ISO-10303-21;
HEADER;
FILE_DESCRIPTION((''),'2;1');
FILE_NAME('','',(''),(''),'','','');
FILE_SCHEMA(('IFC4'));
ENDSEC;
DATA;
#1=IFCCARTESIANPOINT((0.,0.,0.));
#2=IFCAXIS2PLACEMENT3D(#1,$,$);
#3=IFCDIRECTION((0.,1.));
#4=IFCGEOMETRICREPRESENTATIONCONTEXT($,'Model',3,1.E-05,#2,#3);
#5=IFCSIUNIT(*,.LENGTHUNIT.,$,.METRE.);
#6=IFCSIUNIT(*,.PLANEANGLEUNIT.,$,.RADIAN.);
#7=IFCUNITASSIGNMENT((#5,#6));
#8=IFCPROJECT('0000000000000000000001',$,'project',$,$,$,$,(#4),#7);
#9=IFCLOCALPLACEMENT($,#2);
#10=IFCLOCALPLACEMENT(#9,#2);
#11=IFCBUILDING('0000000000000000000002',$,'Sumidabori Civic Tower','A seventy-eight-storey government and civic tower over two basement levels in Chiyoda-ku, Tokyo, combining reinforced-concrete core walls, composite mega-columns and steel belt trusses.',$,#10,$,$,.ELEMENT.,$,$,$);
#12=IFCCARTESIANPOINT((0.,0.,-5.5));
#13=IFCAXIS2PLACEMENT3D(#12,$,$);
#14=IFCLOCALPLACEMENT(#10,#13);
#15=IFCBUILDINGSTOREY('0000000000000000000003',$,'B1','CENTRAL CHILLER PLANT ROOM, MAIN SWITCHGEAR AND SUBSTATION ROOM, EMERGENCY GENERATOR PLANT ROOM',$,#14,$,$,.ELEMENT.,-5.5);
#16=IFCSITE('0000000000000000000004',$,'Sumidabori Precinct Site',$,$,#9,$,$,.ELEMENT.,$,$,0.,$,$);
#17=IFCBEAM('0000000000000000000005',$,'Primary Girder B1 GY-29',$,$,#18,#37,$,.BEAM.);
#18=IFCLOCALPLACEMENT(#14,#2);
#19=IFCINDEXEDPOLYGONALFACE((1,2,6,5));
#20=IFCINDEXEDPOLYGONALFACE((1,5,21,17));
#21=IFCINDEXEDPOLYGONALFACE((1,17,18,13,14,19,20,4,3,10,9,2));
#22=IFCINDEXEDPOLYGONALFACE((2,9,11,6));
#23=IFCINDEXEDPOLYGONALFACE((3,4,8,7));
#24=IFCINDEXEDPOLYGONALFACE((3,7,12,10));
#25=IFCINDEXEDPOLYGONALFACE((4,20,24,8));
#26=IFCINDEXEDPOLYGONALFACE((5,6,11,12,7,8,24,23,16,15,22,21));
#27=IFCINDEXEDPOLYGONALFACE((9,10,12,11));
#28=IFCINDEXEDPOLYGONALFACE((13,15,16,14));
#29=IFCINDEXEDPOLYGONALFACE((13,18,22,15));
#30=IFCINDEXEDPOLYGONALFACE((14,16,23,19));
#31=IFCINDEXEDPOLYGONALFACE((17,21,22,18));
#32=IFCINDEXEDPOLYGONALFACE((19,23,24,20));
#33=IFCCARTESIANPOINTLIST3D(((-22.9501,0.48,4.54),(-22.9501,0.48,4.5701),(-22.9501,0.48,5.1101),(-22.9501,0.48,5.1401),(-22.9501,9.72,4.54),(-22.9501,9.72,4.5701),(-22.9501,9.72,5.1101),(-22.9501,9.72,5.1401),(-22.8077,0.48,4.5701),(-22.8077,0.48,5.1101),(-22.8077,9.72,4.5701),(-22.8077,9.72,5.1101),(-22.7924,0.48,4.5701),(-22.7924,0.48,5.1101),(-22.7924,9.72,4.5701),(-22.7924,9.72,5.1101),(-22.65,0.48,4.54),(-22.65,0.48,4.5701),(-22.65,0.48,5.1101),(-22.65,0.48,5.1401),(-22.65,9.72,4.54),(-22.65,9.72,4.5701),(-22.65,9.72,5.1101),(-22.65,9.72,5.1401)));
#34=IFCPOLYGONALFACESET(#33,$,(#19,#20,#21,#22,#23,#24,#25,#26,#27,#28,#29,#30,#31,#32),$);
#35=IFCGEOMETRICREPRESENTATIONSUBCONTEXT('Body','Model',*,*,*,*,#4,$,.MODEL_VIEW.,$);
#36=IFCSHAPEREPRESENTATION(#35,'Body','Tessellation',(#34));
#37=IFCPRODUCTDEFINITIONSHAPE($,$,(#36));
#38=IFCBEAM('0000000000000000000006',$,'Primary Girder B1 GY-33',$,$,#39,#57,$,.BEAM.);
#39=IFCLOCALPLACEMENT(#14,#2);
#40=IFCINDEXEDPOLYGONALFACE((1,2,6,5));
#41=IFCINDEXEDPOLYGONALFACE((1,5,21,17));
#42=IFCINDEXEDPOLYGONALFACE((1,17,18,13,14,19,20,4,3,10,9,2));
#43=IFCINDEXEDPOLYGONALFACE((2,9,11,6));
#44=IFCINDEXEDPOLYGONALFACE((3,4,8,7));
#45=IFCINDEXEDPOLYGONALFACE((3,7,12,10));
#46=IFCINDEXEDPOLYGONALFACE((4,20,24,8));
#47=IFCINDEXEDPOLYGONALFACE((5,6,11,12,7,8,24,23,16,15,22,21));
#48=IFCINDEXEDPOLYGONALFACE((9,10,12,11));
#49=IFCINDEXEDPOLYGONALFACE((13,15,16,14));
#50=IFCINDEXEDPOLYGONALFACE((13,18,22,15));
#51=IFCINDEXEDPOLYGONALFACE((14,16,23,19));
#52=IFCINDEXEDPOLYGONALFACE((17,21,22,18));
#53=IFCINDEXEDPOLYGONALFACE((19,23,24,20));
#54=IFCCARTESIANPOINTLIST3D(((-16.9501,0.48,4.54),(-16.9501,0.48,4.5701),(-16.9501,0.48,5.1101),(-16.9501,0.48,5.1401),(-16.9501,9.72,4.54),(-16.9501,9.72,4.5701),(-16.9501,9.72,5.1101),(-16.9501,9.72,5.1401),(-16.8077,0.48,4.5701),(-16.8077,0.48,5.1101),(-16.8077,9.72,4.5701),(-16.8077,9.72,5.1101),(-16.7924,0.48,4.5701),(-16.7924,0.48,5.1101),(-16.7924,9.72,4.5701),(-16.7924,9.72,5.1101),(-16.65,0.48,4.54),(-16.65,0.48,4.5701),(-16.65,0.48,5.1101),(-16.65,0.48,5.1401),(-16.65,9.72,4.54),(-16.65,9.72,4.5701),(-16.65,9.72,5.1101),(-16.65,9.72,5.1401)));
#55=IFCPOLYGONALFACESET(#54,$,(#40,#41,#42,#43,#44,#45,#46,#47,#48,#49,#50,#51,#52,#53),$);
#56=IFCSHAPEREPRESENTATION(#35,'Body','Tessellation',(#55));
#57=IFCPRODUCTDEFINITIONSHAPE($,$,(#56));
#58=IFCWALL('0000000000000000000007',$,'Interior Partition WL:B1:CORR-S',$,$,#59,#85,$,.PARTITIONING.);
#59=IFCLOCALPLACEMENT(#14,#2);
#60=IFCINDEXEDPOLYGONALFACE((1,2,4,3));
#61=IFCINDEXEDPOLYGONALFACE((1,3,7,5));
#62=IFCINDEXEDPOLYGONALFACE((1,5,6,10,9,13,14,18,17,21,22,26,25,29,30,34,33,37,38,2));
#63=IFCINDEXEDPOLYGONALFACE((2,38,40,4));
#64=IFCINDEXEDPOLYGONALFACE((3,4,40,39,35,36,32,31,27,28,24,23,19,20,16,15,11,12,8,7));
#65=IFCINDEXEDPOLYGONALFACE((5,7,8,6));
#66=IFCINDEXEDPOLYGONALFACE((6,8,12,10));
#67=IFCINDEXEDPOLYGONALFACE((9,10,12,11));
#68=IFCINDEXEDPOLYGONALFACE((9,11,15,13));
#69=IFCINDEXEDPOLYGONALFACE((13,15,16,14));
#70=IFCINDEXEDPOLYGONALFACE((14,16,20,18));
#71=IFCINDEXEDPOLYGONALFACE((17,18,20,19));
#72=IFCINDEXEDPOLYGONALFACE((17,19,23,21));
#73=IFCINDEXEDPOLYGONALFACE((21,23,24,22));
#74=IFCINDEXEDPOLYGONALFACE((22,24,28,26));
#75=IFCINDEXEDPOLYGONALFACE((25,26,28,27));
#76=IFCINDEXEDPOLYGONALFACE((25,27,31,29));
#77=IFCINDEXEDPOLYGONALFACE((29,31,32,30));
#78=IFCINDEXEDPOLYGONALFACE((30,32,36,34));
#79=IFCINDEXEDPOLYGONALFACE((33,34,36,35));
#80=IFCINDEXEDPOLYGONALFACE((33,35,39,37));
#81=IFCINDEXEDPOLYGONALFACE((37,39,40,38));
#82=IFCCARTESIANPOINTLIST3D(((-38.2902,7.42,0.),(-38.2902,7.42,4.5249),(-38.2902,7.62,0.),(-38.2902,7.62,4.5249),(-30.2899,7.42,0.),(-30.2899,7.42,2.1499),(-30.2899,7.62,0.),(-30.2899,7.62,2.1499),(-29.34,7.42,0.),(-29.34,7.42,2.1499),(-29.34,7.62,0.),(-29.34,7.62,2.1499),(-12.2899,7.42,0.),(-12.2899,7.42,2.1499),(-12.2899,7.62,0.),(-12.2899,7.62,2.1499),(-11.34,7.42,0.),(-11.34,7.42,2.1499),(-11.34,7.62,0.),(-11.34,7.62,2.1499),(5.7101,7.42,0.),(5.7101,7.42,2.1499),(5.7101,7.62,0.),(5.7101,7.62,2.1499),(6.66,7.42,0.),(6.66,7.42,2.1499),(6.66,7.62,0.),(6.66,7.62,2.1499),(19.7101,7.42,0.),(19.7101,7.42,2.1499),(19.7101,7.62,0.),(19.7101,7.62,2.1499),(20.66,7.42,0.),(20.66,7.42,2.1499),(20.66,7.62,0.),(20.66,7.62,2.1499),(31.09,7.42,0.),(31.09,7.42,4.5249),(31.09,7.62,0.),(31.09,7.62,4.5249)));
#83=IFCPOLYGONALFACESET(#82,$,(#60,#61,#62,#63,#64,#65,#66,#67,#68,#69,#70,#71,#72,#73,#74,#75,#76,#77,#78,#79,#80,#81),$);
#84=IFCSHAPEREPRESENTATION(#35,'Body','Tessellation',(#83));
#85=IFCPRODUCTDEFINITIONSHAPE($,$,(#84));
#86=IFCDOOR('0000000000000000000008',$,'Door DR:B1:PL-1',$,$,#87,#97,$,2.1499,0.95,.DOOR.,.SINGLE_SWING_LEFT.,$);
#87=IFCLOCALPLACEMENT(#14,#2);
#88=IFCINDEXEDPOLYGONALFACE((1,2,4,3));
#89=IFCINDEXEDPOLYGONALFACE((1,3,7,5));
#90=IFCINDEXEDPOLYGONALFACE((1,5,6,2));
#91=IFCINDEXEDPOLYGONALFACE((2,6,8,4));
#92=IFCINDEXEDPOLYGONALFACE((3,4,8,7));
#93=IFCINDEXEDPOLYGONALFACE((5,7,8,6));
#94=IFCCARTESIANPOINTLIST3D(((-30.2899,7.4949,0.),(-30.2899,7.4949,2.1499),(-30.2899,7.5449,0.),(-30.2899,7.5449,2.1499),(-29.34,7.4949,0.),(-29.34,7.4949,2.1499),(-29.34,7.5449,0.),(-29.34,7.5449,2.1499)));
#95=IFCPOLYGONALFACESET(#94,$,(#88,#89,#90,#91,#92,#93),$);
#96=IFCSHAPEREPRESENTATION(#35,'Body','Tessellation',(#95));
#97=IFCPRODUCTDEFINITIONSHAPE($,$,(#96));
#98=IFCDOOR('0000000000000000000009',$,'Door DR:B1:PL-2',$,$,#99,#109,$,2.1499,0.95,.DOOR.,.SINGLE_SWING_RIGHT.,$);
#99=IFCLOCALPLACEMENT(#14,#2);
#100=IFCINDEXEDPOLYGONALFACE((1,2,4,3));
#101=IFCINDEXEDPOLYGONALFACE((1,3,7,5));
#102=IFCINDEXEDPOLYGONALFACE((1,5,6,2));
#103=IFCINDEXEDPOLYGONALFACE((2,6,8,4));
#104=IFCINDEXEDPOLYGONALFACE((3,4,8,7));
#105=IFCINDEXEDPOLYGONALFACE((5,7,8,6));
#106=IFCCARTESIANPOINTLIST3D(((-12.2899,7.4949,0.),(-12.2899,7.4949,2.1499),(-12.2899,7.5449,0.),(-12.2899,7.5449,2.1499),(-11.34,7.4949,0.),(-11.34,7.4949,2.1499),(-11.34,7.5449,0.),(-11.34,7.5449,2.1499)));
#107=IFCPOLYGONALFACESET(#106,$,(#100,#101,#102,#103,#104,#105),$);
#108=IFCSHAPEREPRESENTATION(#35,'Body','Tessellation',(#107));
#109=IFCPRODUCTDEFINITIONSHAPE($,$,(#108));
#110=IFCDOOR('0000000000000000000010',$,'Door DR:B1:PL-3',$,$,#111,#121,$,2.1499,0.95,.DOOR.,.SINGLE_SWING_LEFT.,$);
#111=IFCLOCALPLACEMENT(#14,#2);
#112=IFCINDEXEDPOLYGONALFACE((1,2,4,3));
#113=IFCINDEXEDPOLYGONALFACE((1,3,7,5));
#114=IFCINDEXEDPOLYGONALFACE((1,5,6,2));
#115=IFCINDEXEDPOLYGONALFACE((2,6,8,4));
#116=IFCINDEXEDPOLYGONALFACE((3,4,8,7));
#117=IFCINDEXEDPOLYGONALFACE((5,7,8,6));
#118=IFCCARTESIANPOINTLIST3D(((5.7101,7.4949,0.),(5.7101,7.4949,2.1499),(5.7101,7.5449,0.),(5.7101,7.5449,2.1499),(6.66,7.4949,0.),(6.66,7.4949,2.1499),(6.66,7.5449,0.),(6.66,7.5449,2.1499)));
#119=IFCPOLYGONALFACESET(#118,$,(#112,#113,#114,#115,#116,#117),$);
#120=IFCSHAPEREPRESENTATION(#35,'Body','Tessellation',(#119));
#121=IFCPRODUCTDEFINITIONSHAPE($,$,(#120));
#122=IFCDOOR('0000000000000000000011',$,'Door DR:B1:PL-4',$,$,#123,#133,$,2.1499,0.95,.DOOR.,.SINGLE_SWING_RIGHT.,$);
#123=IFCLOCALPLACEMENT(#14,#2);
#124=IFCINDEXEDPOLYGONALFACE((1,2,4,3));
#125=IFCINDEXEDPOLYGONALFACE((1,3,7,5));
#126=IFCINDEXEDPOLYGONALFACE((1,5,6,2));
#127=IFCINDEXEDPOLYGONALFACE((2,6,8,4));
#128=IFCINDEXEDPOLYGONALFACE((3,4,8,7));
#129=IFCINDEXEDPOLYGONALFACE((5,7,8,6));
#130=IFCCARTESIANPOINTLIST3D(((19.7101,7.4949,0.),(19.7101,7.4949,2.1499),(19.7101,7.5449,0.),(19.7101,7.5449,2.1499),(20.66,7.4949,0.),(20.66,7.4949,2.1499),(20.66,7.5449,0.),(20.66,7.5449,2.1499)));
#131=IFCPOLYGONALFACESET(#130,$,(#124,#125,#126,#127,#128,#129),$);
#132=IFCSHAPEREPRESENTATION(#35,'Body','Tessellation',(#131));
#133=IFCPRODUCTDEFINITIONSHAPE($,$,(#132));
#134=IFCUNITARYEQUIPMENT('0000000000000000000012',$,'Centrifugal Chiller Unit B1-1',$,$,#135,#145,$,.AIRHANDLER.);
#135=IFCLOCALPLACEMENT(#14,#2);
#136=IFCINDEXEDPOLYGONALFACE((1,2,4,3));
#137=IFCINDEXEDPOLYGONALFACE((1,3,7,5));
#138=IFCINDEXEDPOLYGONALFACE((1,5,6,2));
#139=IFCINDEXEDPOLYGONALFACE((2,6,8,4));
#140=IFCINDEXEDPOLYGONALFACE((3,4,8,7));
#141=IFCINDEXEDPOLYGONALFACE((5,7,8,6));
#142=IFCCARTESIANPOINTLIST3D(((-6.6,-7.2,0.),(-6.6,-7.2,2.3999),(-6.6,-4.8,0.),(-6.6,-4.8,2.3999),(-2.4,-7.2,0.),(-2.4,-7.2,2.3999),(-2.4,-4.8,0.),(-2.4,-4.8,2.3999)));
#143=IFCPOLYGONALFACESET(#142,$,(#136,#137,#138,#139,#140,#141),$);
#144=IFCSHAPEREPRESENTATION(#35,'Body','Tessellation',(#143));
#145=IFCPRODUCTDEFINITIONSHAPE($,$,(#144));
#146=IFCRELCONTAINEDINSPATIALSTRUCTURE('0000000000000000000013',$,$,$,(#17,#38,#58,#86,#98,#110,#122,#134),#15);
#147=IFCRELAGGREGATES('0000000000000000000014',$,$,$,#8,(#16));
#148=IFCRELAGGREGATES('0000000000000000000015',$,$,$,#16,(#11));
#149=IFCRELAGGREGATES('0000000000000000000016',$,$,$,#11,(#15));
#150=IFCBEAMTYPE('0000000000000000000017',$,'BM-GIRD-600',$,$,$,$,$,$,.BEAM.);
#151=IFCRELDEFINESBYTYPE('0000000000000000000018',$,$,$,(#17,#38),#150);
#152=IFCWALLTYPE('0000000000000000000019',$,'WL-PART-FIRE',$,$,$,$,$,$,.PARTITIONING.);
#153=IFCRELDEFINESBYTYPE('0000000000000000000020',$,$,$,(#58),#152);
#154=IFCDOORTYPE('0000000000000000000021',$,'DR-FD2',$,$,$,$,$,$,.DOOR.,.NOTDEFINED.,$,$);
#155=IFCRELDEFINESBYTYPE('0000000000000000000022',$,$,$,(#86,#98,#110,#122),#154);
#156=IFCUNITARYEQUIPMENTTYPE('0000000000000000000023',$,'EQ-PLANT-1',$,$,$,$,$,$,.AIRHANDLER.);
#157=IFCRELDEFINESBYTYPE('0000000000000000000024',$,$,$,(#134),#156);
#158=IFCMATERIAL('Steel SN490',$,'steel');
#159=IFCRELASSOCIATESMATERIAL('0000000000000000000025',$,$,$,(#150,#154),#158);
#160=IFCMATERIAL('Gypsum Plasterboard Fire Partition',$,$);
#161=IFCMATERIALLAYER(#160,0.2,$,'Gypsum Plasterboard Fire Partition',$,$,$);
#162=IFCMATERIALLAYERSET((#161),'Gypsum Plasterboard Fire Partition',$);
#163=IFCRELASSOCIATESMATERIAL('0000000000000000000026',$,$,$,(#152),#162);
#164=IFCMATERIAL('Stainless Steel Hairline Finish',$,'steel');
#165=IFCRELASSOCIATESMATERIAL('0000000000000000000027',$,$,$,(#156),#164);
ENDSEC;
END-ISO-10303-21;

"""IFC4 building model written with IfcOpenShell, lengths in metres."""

from ifc_helpers import new_model, si_unit, direction, frame, frame_2d, origin, origin_2d, place, context, subcontext, project, spatial, rectangle, i_section, extrude, source, transform, mapped, material, layer, layer_set, material_profile, profile_set, type_object, element, fill, save


model = new_model("IFC4")

# Units and contexts
model_context = context("Model", 3, precision=1e-05, world=origin(), true_north=direction((0.0, 1.0)))
body_context = subcontext(model_context, "Body", "Model", "MODEL_VIEW")
ifc_project = project(units=[si_unit("LENGTHUNIT", "METRE"), si_unit("PLANEANGLEUNIT", "RADIAN")], contexts=[model_context])

# Site, building, storey
site_placement = place(None, origin())
site = spatial("IfcSite", under=ifc_project, at=site_placement, Name="Sumidabori Precinct Site", CompositionType="ELEMENT", RefElevation=0.0)
building_placement = place(site_placement, origin())
building = spatial("IfcBuilding", under=site, at=building_placement, Name="Sumidabori Civic Tower", Description="A seventy-eight-storey government and civic tower over two basement levels in Chiyoda-ku, Tokyo, combining reinforced-concrete core walls, composite mega-columns and steel belt trusses.", CompositionType="ELEMENT")
storey_placement = place(building_placement, frame((0.0, 0.0, -5.5)))
storey = spatial("IfcBuildingStorey", under=building, at=storey_placement, Name="B1", Description="CENTRAL CHILLER PLANT ROOM, MAIN SWITCHGEAR AND SUBSTATION ROOM, EMERGENCY GENERATOR PLANT ROOM", CompositionType="ELEMENT", Elevation=-5.5)

# Beams
ifc_material_1 = material(Name="Steel SN490", Category="steel")
ifc_material_profile_1 = material_profile(ifc_material_1, i_section(OverallWidth=0.3, OverallDepth=0.6001, WebThickness=0.0154, FlangeThickness=0.03, at=origin_2d()), Name="HE 600 B")
ifc_profile_set_1 = profile_set([ifc_material_profile_1], Name="Steel SN490")
beam_type = type_object("IfcBeamType", Name="BM-GIRD-600", PredefinedType="BEAM", material=ifc_profile_set_1)
shared_shape_1 = source(origin(), body_context, "Body", "SweptSolid", [
    extrude(i_section(OverallWidth=0.3, OverallDepth=0.6001, WebThickness=0.0154, FlangeThickness=0.03, at=origin_2d()), origin(), (0.0, 0.0, 1.0), 9.24),
])
for number, where, z_axis, x_axis, name in (
    (1, (-22.8, 0.48, 4.8401), (0.0, 1.0, 0.0), (-1.0, 0.0, 0.0), "Primary Girder B1 GY-29"),
    (2, (-16.8, 0.48, 4.8401), (0.0, 1.0, 0.0), (-1.0, 0.0, 0.0), "Primary Girder B1 GY-33"),
):
    element("IfcBeam", number, at=place(storey_placement, frame(where, z_axis=z_axis, x_axis=x_axis)), inside=storey, type_object=beam_type, Name=name, PredefinedType="BEAM", context=body_context, shape_type="MappedRepresentation", body=[
        mapped(shared_shape_1, transform((0.0, 0.0, 0.0), x_axis=(1.0, 0.0, 0.0), y_axis=(0.0, 1.0, 0.0), z_axis=(0.0, 0.0, 1.0), scale=1.0)),
    ])

# Wall, openings, doors
ifc_material_2 = material(Name="Gypsum Plasterboard Fire Partition")
ifc_layer = layer(ifc_material_2, 0.2, Name="Gypsum Plasterboard Fire Partition")
ifc_layer_set = layer_set([ifc_layer], Name="Gypsum Plasterboard Fire Partition")
wall_type = type_object("IfcWallType", Name="WL-PART-FIRE", PredefinedType="PARTITIONING", material=ifc_layer_set)
shared_shape_2 = source(origin(), body_context, "Body", "SweptSolid", [
    extrude(rectangle(XDim=69.3801, YDim=0.2, at=frame_2d((34.6899, 0.0))), origin(), (0.0, 0.0, 1.0), 4.5249),
])
wall_placement = place(storey_placement, frame((-38.29, 7.52, 0.0), z_axis=(0.0, 0.0, 1.0), x_axis=(1.0, 0.0, 0.0)))
wall = element("IfcWall", 3, at=wall_placement, inside=storey, type_object=wall_type, Name="Interior Partition WL:B1:CORR-S", PredefinedType="PARTITIONING", context=body_context, shape_type="MappedRepresentation", body=[
    mapped(shared_shape_2, transform((0.0, 0.0, 0.0), x_axis=(1.0, 0.0, 0.0), y_axis=(0.0, 1.0, 0.0), z_axis=(0.0, 0.0, 1.0), scale=1.0)),
])
opening_1_placement = place(wall_placement, frame((8.0, 0.0, 0.0)))
opening_1 = element("IfcOpeningElement", 4, at=opening_1_placement, cuts=wall, PredefinedType="OPENING", context=body_context, shape_type="SweptSolid", body=[
    extrude(rectangle(XDim=0.95, YDim=2.1499, at=frame_2d((0.4751, 1.075))), frame((0.0, 0.1118, 0.0), z_axis=(0.0, -1.0, 0.0), x_axis=(1.0, 0.0, 0.0)), (0.0, 0.0, 1.0), 0.2239),
])
opening_2_placement = place(wall_placement, frame((26.0, 0.0, 0.0)))
opening_2 = element("IfcOpeningElement", 5, at=opening_2_placement, cuts=wall, PredefinedType="OPENING", context=body_context, shape_type="SweptSolid", body=[
    extrude(rectangle(XDim=0.95, YDim=2.1499, at=frame_2d((0.4751, 1.075))), frame((0.0, 0.1118, 0.0), z_axis=(0.0, -1.0, 0.0), x_axis=(1.0, 0.0, 0.0)), (0.0, 0.0, 1.0), 0.2239),
])
opening_3_placement = place(wall_placement, frame((44.0, 0.0, 0.0)))
opening_3 = element("IfcOpeningElement", 6, at=opening_3_placement, cuts=wall, PredefinedType="OPENING", context=body_context, shape_type="SweptSolid", body=[
    extrude(rectangle(XDim=0.95, YDim=2.1499, at=frame_2d((0.4751, 1.075))), frame((0.0, 0.1118, 0.0), z_axis=(0.0, -1.0, 0.0), x_axis=(1.0, 0.0, 0.0)), (0.0, 0.0, 1.0), 0.2239),
])
opening_4_placement = place(wall_placement, frame((58.0, 0.0, 0.0)))
opening_4 = element("IfcOpeningElement", 7, at=opening_4_placement, cuts=wall, PredefinedType="OPENING", context=body_context, shape_type="SweptSolid", body=[
    extrude(rectangle(XDim=0.95, YDim=2.1499, at=frame_2d((0.4751, 1.075))), frame((0.0, 0.1118, 0.0), z_axis=(0.0, -1.0, 0.0), x_axis=(1.0, 0.0, 0.0)), (0.0, 0.0, 1.0), 0.2239),
])
door_type = type_object("IfcDoorType", Name="DR-FD2", OperationType="NOTDEFINED", PredefinedType="DOOR", material=ifc_material_1)
shared_shape_3 = source(origin(), body_context, "Body", "SweptSolid", [
    extrude(rectangle(XDim=0.95, YDim=2.1499, at=frame_2d((0.4751, 1.075))), frame((0.0, 0.0249, 0.0), z_axis=(0.0, -1.0, 0.0), x_axis=(1.0, 0.0, 0.0)), (0.0, 0.0, 1.0), 0.05),
])
door_1_placement = place(opening_1_placement, origin())
door_1 = element("IfcDoor", 8, at=door_1_placement, inside=storey, type_object=door_type, Name="Door DR:B1:PL-1", OperationType="SINGLE_SWING_LEFT", OverallHeight=2.1499, OverallWidth=0.95, PredefinedType="DOOR", context=body_context, shape_type="MappedRepresentation", body=[
    mapped(shared_shape_3, transform((0.0, 0.0, 0.0), x_axis=(1.0, 0.0, 0.0), y_axis=(0.0, 1.0, 0.0), z_axis=(0.0, 0.0, 1.0), scale=1.0)),
])
fill(opening_1, door_1)
door_2_placement = place(opening_2_placement, origin())
door_2 = element("IfcDoor", 9, at=door_2_placement, inside=storey, type_object=door_type, Name="Door DR:B1:PL-2", OperationType="SINGLE_SWING_RIGHT", OverallHeight=2.1499, OverallWidth=0.95, PredefinedType="DOOR", context=body_context, shape_type="MappedRepresentation", body=[
    mapped(shared_shape_3, transform((0.0, 0.0, 0.0), x_axis=(1.0, 0.0, 0.0), y_axis=(0.0, 1.0, 0.0), z_axis=(0.0, 0.0, 1.0), scale=1.0)),
])
fill(opening_2, door_2)
door_3_placement = place(opening_3_placement, origin())
door_3 = element("IfcDoor", 10, at=door_3_placement, inside=storey, type_object=door_type, Name="Door DR:B1:PL-3", OperationType="SINGLE_SWING_LEFT", OverallHeight=2.1499, OverallWidth=0.95, PredefinedType="DOOR", context=body_context, shape_type="MappedRepresentation", body=[
    mapped(shared_shape_3, transform((0.0, 0.0, 0.0), x_axis=(1.0, 0.0, 0.0), y_axis=(0.0, 1.0, 0.0), z_axis=(0.0, 0.0, 1.0), scale=1.0)),
])
fill(opening_3, door_3)
door_4_placement = place(opening_4_placement, origin())
door_4 = element("IfcDoor", 11, at=door_4_placement, inside=storey, type_object=door_type, Name="Door DR:B1:PL-4", OperationType="SINGLE_SWING_RIGHT", OverallHeight=2.1499, OverallWidth=0.95, PredefinedType="DOOR", context=body_context, shape_type="MappedRepresentation", body=[
    mapped(shared_shape_3, transform((0.0, 0.0, 0.0), x_axis=(1.0, 0.0, 0.0), y_axis=(0.0, 1.0, 0.0), z_axis=(0.0, 0.0, 1.0), scale=1.0)),
])
fill(opening_4, door_4)

# Unitary equipment
ifc_material_3 = material(Name="Stainless Steel Hairline Finish", Category="steel")
unitary_equipment_type = type_object("IfcUnitaryEquipmentType", Name="EQ-PLANT-1", PredefinedType="AIRHANDLER", material=ifc_material_3)
shared_shape_4 = source(origin(), body_context, "Body", "SweptSolid", [
    extrude(rectangle(XDim=4.2, YDim=2.3999, at=origin_2d()), origin(), (0.0, 0.0, 1.0), 2.3999),
])
unitary_equipment_placement = place(storey_placement, frame((-4.5, -6.0, 0.0), z_axis=(0.0, 0.0, 1.0), x_axis=(1.0, 0.0, 0.0)))
element("IfcUnitaryEquipment", 12, at=unitary_equipment_placement, inside=storey, type_object=unitary_equipment_type, Name="Centrifugal Chiller Unit B1-1", PredefinedType="AIRHANDLER", context=body_context, shape_type="MappedRepresentation", body=[
    mapped(shared_shape_4, transform((0.0, 0.0, 0.0), x_axis=(1.0, 0.0, 0.0), y_axis=(0.0, 1.0, 0.0), z_axis=(0.0, 0.0, 1.0), scale=1.0)),
])

save(model, "model.ifc")
